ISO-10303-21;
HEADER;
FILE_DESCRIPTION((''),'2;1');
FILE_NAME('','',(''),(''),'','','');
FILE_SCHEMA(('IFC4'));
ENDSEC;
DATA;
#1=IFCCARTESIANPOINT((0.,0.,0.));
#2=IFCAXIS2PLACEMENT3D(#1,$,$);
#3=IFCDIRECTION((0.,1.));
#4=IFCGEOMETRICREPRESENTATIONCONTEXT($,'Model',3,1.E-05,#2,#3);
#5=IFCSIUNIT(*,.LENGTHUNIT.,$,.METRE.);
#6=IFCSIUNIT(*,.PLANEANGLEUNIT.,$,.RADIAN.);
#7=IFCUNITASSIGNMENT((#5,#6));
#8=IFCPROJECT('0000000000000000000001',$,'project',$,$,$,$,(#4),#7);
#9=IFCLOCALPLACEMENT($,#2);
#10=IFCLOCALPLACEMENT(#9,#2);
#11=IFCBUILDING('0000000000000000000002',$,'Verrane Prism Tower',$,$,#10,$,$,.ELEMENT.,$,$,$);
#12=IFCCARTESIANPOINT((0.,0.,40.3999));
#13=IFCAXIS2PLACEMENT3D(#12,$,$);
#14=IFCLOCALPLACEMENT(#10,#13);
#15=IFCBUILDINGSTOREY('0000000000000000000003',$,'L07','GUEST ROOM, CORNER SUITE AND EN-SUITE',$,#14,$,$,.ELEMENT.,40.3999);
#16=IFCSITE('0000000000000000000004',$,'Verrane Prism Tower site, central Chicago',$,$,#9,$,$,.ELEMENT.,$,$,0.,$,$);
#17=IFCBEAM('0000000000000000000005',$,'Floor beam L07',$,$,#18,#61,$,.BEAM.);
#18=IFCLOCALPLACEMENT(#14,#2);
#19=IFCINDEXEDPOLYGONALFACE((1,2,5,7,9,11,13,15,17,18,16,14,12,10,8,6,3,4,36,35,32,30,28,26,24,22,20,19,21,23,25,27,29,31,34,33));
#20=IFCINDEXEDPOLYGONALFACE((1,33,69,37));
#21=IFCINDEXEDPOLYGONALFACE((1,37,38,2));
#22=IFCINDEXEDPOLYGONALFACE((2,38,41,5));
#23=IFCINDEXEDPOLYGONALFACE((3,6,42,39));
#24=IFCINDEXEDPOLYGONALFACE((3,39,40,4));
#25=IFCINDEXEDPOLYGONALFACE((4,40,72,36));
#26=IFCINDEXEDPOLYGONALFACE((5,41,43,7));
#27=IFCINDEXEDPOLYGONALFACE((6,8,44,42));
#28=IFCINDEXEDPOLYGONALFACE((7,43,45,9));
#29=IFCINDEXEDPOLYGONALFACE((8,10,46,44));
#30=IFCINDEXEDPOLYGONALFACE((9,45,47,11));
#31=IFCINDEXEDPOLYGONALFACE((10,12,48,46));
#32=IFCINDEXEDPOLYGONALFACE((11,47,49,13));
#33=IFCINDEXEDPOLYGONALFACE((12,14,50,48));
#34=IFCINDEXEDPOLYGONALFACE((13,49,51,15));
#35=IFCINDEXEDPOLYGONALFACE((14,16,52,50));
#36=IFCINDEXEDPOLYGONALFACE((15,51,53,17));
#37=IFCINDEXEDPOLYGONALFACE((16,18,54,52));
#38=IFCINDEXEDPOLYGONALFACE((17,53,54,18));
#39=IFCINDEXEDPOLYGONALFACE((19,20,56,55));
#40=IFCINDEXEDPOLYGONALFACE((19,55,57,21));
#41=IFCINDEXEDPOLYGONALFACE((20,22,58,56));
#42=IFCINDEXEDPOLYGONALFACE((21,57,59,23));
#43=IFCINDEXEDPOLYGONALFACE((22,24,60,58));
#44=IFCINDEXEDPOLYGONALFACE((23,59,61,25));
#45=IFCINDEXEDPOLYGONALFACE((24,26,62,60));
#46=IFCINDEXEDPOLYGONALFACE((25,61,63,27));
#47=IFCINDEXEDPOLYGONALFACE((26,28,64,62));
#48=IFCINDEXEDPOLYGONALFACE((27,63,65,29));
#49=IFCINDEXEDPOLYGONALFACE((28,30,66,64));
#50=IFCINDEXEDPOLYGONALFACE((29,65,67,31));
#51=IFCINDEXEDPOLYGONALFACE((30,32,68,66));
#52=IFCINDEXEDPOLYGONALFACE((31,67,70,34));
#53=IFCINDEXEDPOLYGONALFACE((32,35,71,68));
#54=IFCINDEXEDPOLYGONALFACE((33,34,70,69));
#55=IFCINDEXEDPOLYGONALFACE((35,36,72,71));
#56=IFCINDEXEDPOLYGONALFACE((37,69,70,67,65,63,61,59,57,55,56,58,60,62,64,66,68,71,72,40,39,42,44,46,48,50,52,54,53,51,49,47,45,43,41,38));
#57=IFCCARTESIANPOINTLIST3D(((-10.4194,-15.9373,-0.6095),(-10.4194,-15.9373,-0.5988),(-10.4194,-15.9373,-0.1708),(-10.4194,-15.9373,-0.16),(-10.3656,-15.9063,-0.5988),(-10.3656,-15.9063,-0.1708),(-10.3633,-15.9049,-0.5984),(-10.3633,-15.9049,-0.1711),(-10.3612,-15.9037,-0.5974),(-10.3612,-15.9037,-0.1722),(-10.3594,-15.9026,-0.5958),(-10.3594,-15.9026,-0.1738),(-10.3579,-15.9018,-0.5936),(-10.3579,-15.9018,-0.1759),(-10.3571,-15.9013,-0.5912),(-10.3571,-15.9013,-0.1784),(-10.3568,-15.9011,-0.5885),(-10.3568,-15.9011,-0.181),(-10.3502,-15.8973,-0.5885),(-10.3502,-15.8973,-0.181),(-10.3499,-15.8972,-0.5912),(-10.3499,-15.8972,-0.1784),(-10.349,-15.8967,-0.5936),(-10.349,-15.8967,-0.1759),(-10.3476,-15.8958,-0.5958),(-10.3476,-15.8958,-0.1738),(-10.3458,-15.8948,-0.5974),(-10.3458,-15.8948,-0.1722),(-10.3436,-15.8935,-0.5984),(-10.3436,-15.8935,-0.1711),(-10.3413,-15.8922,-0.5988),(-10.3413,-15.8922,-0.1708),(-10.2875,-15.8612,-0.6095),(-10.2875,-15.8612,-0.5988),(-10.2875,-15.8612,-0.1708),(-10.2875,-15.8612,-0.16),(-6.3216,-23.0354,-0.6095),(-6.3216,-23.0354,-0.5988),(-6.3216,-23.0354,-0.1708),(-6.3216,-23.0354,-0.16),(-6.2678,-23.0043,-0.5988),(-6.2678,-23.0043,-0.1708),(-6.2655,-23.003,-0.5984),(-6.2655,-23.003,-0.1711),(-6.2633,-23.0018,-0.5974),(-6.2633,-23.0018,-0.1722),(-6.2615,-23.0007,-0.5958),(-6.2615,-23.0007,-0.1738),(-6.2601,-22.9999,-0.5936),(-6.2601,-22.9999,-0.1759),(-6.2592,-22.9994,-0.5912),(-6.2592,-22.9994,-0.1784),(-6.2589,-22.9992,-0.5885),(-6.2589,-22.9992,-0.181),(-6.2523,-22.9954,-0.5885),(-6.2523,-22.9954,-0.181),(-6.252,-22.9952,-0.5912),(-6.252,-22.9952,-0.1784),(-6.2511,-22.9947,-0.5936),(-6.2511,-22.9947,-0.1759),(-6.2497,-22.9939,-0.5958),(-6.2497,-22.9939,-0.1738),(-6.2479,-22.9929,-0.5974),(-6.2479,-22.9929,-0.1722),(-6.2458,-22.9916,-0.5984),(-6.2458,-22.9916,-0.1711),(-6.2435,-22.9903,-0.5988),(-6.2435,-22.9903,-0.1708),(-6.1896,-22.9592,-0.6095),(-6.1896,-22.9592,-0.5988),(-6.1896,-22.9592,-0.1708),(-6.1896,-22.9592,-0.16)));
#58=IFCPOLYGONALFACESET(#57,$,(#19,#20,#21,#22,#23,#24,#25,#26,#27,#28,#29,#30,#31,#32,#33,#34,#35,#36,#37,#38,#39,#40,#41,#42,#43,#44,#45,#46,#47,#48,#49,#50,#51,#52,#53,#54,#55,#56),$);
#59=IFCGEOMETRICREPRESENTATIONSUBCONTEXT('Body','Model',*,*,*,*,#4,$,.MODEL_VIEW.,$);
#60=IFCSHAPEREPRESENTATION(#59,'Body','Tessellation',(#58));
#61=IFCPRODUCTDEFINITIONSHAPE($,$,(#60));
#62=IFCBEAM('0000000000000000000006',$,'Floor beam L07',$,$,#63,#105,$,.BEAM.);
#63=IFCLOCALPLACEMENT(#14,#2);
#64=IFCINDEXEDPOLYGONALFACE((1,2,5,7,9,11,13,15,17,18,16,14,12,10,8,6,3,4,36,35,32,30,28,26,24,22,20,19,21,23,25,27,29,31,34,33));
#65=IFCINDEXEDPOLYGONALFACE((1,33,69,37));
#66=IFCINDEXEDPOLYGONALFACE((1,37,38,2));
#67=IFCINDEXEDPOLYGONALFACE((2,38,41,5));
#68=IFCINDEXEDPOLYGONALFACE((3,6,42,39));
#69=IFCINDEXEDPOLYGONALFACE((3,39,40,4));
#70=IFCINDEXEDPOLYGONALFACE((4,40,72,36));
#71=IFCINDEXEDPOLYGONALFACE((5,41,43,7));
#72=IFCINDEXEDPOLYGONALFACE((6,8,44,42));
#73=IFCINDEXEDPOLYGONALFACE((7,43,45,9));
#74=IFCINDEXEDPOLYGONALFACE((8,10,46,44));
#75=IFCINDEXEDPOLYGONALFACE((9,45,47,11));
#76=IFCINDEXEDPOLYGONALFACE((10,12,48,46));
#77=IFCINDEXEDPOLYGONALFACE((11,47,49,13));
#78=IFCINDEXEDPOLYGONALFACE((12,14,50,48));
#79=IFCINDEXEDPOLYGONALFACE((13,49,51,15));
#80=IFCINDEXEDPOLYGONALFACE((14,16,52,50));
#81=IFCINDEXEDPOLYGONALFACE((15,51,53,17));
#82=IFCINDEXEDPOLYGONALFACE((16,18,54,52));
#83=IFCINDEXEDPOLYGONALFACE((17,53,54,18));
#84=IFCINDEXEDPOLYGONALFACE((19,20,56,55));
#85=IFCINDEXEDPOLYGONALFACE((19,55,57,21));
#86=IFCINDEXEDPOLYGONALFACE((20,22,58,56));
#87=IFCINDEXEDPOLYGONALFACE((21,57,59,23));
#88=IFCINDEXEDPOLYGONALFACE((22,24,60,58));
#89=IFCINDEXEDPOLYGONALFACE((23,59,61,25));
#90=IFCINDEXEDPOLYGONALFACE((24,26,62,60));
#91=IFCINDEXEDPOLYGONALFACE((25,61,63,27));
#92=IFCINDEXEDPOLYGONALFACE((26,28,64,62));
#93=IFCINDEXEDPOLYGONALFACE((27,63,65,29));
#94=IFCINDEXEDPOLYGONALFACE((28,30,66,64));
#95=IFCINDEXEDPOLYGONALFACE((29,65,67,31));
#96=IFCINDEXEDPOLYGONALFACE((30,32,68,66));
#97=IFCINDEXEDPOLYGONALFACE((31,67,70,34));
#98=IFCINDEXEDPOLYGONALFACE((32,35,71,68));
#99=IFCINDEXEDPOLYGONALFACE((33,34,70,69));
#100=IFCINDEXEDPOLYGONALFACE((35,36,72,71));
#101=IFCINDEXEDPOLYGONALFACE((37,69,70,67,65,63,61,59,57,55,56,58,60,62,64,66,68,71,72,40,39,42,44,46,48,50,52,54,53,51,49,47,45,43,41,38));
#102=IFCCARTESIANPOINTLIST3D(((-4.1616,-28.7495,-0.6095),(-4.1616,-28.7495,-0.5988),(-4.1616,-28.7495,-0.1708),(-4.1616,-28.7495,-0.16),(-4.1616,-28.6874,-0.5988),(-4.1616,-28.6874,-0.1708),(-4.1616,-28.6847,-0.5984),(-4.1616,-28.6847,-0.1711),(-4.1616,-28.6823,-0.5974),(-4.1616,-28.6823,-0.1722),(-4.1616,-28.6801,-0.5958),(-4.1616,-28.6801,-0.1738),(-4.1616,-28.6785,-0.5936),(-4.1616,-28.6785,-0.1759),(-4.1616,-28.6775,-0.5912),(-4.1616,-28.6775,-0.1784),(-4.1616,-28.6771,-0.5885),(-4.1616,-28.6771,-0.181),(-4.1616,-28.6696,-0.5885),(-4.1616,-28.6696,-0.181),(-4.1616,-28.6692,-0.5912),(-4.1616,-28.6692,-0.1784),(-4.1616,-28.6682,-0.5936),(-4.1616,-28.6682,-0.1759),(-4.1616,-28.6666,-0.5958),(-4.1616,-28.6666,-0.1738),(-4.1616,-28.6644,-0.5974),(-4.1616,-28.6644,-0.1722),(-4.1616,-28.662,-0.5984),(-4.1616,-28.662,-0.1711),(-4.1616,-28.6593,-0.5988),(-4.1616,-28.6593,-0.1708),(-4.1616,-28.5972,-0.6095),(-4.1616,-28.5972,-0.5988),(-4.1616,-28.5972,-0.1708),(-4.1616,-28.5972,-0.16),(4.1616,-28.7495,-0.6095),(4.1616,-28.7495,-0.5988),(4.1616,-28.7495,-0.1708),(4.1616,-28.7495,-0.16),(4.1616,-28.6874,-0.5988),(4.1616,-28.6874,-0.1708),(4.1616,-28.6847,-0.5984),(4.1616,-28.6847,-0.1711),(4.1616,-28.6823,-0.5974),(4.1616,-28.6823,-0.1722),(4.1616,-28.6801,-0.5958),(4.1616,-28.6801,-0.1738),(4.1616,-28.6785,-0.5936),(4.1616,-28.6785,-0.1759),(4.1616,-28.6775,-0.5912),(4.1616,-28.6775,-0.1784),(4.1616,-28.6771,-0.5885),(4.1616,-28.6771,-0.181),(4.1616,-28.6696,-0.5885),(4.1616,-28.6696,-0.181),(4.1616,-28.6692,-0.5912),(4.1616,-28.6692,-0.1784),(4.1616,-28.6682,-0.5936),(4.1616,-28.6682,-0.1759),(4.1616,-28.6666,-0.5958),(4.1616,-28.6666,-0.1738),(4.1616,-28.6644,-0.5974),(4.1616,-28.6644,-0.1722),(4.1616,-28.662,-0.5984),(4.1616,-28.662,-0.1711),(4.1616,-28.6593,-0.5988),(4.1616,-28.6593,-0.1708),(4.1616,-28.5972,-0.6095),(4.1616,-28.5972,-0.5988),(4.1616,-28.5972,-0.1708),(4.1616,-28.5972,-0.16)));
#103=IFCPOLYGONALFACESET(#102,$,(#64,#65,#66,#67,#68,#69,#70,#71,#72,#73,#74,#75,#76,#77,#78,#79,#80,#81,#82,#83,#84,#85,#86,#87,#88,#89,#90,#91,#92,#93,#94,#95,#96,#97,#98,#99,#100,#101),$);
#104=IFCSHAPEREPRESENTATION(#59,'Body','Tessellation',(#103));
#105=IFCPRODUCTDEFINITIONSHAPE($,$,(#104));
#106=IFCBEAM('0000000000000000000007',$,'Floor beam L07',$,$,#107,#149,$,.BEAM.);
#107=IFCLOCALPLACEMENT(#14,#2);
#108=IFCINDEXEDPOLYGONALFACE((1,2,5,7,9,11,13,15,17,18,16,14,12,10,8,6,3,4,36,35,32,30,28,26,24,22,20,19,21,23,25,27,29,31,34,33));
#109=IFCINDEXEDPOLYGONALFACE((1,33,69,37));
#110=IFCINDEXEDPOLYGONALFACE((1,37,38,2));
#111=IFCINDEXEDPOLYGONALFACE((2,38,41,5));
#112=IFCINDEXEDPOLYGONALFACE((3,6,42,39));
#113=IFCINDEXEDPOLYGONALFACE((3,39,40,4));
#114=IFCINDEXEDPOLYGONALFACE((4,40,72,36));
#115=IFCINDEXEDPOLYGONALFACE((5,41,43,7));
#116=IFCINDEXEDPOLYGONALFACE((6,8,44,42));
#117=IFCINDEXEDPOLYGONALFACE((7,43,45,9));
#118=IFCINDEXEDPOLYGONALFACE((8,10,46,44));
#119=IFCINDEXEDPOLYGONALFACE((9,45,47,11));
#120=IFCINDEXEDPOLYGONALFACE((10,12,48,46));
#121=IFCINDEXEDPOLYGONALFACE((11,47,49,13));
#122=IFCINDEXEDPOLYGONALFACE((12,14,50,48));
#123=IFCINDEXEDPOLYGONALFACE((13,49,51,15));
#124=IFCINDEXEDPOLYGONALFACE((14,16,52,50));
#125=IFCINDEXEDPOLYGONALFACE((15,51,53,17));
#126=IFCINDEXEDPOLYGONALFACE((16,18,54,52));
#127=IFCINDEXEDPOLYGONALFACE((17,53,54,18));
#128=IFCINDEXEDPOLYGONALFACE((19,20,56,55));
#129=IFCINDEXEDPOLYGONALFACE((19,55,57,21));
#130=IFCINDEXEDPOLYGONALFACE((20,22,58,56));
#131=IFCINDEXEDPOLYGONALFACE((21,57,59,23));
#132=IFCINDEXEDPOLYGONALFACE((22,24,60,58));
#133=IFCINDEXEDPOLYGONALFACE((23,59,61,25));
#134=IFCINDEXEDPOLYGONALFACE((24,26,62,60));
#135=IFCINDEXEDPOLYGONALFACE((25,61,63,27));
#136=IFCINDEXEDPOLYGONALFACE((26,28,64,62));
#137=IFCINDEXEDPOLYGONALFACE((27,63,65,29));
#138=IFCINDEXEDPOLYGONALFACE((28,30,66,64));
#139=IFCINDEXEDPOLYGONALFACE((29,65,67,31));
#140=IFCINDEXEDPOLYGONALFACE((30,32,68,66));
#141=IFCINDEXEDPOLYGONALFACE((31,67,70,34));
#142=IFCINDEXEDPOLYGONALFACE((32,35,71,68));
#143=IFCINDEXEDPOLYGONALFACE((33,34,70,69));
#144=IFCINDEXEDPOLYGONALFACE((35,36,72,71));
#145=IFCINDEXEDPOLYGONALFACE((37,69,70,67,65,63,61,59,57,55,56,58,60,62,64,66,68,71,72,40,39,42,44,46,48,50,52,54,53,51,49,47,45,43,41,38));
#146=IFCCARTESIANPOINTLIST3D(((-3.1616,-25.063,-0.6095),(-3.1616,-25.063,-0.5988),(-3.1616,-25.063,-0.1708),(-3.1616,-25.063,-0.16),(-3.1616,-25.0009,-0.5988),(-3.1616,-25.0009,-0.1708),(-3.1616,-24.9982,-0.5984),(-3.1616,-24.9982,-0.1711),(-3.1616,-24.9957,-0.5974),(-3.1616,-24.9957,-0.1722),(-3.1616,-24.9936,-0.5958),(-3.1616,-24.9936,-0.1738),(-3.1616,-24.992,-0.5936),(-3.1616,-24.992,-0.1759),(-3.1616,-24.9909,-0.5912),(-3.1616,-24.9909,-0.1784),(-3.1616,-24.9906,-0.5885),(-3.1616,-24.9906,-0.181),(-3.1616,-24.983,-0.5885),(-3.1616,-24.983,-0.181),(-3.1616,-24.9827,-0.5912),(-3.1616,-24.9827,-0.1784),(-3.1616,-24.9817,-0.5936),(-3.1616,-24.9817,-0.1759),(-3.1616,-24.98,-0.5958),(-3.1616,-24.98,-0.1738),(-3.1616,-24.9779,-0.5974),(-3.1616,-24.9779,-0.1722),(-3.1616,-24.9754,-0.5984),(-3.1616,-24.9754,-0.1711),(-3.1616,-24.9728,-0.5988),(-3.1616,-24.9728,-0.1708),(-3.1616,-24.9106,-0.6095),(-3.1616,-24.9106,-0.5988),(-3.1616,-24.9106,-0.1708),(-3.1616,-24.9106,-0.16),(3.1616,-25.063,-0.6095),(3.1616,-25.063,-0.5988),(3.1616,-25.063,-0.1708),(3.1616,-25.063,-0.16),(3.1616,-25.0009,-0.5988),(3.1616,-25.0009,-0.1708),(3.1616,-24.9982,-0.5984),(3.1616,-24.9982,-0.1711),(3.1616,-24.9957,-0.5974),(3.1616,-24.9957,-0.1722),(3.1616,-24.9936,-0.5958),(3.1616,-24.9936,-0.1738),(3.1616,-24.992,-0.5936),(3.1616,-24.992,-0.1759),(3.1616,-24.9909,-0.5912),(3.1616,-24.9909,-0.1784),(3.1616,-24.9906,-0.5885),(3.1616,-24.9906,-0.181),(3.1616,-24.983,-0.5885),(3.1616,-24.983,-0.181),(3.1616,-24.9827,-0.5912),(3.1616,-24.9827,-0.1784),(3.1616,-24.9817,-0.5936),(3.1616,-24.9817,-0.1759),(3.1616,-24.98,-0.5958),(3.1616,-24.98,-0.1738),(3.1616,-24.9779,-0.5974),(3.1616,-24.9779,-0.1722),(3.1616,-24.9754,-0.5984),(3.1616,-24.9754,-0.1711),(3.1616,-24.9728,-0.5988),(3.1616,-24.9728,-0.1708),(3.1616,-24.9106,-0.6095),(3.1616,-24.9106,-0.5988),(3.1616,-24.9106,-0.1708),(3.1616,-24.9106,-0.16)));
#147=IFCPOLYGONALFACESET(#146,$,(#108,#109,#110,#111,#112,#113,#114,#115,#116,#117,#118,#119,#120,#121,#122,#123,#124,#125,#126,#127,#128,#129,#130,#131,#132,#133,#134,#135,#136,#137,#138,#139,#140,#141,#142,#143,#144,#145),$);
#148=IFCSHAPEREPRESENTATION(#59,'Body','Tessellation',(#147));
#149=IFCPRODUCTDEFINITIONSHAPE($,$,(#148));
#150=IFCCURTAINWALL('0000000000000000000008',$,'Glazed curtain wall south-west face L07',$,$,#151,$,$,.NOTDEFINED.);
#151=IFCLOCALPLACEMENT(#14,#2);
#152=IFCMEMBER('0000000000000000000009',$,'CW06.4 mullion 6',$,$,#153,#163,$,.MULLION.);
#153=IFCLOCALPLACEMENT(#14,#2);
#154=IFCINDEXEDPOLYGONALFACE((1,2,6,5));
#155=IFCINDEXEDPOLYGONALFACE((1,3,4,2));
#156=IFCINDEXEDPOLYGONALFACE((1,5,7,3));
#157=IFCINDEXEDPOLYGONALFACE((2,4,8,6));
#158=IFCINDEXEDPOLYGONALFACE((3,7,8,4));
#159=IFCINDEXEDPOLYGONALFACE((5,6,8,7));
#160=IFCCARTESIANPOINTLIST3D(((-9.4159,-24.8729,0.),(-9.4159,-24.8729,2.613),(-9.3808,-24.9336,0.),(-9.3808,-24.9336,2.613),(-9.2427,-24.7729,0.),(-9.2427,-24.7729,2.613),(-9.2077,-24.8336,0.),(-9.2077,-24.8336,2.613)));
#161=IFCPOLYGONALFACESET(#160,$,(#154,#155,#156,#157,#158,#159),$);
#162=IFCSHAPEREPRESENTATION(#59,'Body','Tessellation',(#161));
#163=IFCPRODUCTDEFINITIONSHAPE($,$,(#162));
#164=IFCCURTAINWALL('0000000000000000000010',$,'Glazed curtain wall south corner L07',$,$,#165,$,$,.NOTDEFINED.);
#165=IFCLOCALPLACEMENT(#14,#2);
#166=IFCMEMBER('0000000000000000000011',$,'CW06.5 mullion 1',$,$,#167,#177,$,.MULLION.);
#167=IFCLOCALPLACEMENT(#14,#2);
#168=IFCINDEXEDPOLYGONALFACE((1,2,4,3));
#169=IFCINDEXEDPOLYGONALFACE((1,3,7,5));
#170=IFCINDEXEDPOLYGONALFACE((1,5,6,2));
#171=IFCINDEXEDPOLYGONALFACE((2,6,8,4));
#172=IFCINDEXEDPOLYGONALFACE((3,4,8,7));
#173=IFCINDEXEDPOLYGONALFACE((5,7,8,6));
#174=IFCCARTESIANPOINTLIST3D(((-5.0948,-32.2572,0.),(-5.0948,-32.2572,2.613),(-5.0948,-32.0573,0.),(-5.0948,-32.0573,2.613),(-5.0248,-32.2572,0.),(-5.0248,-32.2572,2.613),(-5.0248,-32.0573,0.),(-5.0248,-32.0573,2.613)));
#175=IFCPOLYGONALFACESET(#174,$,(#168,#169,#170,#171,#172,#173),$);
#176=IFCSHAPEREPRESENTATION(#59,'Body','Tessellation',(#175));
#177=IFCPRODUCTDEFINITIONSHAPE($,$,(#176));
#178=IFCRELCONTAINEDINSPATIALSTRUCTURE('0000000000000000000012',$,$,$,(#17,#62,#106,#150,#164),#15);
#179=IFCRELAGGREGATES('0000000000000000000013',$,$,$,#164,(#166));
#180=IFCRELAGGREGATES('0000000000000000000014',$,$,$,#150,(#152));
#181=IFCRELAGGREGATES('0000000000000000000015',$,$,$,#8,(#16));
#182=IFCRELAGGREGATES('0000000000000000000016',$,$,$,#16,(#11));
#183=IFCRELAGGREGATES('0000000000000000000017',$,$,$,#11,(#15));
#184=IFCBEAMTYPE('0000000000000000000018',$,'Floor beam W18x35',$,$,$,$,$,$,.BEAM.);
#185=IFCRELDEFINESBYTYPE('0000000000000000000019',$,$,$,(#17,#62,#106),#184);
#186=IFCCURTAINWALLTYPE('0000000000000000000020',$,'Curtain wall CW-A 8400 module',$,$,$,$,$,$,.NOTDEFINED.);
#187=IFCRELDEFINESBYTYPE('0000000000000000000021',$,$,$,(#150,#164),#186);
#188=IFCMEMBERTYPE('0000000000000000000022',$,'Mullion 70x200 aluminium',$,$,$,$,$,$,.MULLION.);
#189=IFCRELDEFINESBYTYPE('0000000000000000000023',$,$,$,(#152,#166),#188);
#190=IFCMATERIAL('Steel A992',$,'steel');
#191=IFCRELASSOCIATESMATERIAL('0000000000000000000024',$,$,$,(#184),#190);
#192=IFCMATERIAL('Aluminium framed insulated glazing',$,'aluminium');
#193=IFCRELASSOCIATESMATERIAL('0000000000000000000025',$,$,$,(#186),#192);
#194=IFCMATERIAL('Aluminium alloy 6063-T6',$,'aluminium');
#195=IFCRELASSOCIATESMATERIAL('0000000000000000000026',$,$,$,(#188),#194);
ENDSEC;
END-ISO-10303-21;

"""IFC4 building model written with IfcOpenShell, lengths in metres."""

from ifc_helpers import new_model, si_unit, direction, frame, origin, origin_2d, place, context, subcontext, project, spatial, rectangle, i_section, extrude, material, material_profile, profile_set, type_object, element, aggregate, save


model = new_model("IFC4")

# Units and contexts
model_context = context("Model", 3, precision=1e-05, world=origin(), true_north=direction((0.0, 1.0)))
body_context = subcontext(model_context, "Body", "Model", "MODEL_VIEW")
ifc_project = project(units=[si_unit("LENGTHUNIT", "METRE"), si_unit("PLANEANGLEUNIT", "RADIAN")], contexts=[model_context])

# Site, building, storey
site_placement = place(None, origin())
site = spatial("IfcSite", under=ifc_project, at=site_placement, Name="Verrane Prism Tower site, central Chicago", CompositionType="ELEMENT", RefElevation=0.0)
building_placement = place(site_placement, origin())
building = spatial("IfcBuilding", under=site, at=building_placement, Name="Verrane Prism Tower", CompositionType="ELEMENT")
storey_placement = place(building_placement, frame((0.0, 0.0, 40.3999)))
storey = spatial("IfcBuildingStorey", under=building, at=storey_placement, Name="L07", Description="GUEST ROOM, CORNER SUITE AND EN-SUITE", CompositionType="ELEMENT", Elevation=40.3999)

# Beams
ifc_material_1 = material(Name="Steel A992", Category="steel")
ifc_material_profile_1 = material_profile(ifc_material_1, i_section(OverallWidth=0.1523, OverallDepth=0.4495, WebThickness=0.0076, FlangeThickness=0.0107, FilletRadius=0.0103, at=origin_2d()), Name="W18x35")
ifc_profile_set_1 = profile_set([ifc_material_profile_1], Name="Steel A992")
beam_type_1 = type_object("IfcBeamType", Name="Floor beam W18x35", PredefinedType="BEAM", material=ifc_profile_set_1)
beam_1_placement = place(storey_placement, frame((-6.2556, -22.9973, -0.3848), z_axis=(-0.49998, 0.866037, 0.0), x_axis=(-0.866037, -0.49998, 0.0)))
element("IfcBeam", 1, at=beam_1_placement, inside=storey, type_object=beam_type_1, Name="Floor beam L07", PredefinedType="BEAM", context=body_context, shape_type="SweptSolid", body=[
    extrude(i_section(OverallWidth=0.1523, OverallDepth=0.4495, WebThickness=0.0076, FlangeThickness=0.0107, FilletRadius=0.0103, at=origin_2d()), origin(), (0.0, 0.0, 1.0), 8.196),
])
beam_2_placement = place(storey_placement, frame((-4.1616, -28.6733, -0.3848), z_axis=(1.0, 0.0, 0.0), x_axis=(0.0, 1.0, 0.0)))
element("IfcBeam", 2, at=beam_2_placement, inside=storey, type_object=beam_type_1, Name="Floor beam L07", PredefinedType="BEAM", context=body_context, shape_type="SweptSolid", body=[
    extrude(i_section(OverallWidth=0.1523, OverallDepth=0.4495, WebThickness=0.0076, FlangeThickness=0.0107, FilletRadius=0.0103, at=origin_2d()), origin(), (0.0, 0.0, 1.0), 8.3232),
])
beam_3_placement = place(storey_placement, frame((-3.1616, -24.9868, -0.3848), z_axis=(1.0, 0.0, 0.0), x_axis=(0.0, 1.0, 0.0)))
element("IfcBeam", 3, at=beam_3_placement, inside=storey, type_object=beam_type_1, Name="Floor beam L07", PredefinedType="BEAM", context=body_context, shape_type="SweptSolid", body=[
    extrude(i_section(OverallWidth=0.1523, OverallDepth=0.4495, WebThickness=0.0076, FlangeThickness=0.0107, FilletRadius=0.0103, at=origin_2d()), origin(), (0.0, 0.0, 1.0), 6.3232),
])

# Curtain walls, members
ifc_material_2 = material(Name="Aluminium framed insulated glazing", Category="aluminium")
curtain_wall_type = type_object("IfcCurtainWallType", Name="Curtain wall CW-A 8400 module", PredefinedType="NOTDEFINED", material=ifc_material_2)
curtain_wall_1_placement = place(storey_placement, origin())
curtain_wall_1 = element("IfcCurtainWall", 4, at=curtain_wall_1_placement, inside=storey, type_object=curtain_wall_type, Name="Glazed curtain wall south-west face L07", PredefinedType="NOTDEFINED")
ifc_material_3 = material(Name="Aluminium alloy 6063-T6", Category="aluminium")
ifc_material_profile_2 = material_profile(ifc_material_3, rectangle(XDim=0.2, YDim=0.0701, at=origin_2d()), Name="Mullion 70x200 aluminium")
ifc_profile_set_2 = profile_set([ifc_material_profile_2], Name="Aluminium alloy 6063-T6")
member_type_1 = type_object("IfcMemberType", Name="Mullion 70x200 aluminium", PredefinedType="MULLION", material=ifc_profile_set_2)
member_1_placement = place(storey_placement, frame((-9.3118, -24.8533, 0.0), z_axis=(0.0, 0.0, 1.0), x_axis=(0.866025, 0.5, 0.0)))
member_1 = element("IfcMember", 5, at=member_1_placement, type_object=member_type_1, Name="CW06.4 mullion 6", PredefinedType="MULLION", context=body_context, shape_type="SweptSolid", body=[
    extrude(rectangle(XDim=0.2, YDim=0.0701, at=origin_2d()), origin(), (0.0, 0.0, 1.0), 2.613),
])
curtain_wall_2_placement = place(storey_placement, origin())
curtain_wall_2 = element("IfcCurtainWall", 6, at=curtain_wall_2_placement, inside=storey, type_object=curtain_wall_type, Name="Glazed curtain wall south corner L07", PredefinedType="NOTDEFINED")
member_2_placement = place(storey_placement, frame((-5.0598, -32.1572, 0.0), z_axis=(0.0, 0.0, 1.0), x_axis=(0.0, 1.0, 0.0)))
member_2 = element("IfcMember", 7, at=member_2_placement, type_object=member_type_1, Name="CW06.5 mullion 1", PredefinedType="MULLION", context=body_context, shape_type="SweptSolid", body=[
    extrude(rectangle(XDim=0.2, YDim=0.0701, at=origin_2d()), origin(), (0.0, 0.0, 1.0), 2.613),
])

aggregate(curtain_wall_2, [member_2])

aggregate(curtain_wall_1, [member_1])

save(model, "model.ifc")
